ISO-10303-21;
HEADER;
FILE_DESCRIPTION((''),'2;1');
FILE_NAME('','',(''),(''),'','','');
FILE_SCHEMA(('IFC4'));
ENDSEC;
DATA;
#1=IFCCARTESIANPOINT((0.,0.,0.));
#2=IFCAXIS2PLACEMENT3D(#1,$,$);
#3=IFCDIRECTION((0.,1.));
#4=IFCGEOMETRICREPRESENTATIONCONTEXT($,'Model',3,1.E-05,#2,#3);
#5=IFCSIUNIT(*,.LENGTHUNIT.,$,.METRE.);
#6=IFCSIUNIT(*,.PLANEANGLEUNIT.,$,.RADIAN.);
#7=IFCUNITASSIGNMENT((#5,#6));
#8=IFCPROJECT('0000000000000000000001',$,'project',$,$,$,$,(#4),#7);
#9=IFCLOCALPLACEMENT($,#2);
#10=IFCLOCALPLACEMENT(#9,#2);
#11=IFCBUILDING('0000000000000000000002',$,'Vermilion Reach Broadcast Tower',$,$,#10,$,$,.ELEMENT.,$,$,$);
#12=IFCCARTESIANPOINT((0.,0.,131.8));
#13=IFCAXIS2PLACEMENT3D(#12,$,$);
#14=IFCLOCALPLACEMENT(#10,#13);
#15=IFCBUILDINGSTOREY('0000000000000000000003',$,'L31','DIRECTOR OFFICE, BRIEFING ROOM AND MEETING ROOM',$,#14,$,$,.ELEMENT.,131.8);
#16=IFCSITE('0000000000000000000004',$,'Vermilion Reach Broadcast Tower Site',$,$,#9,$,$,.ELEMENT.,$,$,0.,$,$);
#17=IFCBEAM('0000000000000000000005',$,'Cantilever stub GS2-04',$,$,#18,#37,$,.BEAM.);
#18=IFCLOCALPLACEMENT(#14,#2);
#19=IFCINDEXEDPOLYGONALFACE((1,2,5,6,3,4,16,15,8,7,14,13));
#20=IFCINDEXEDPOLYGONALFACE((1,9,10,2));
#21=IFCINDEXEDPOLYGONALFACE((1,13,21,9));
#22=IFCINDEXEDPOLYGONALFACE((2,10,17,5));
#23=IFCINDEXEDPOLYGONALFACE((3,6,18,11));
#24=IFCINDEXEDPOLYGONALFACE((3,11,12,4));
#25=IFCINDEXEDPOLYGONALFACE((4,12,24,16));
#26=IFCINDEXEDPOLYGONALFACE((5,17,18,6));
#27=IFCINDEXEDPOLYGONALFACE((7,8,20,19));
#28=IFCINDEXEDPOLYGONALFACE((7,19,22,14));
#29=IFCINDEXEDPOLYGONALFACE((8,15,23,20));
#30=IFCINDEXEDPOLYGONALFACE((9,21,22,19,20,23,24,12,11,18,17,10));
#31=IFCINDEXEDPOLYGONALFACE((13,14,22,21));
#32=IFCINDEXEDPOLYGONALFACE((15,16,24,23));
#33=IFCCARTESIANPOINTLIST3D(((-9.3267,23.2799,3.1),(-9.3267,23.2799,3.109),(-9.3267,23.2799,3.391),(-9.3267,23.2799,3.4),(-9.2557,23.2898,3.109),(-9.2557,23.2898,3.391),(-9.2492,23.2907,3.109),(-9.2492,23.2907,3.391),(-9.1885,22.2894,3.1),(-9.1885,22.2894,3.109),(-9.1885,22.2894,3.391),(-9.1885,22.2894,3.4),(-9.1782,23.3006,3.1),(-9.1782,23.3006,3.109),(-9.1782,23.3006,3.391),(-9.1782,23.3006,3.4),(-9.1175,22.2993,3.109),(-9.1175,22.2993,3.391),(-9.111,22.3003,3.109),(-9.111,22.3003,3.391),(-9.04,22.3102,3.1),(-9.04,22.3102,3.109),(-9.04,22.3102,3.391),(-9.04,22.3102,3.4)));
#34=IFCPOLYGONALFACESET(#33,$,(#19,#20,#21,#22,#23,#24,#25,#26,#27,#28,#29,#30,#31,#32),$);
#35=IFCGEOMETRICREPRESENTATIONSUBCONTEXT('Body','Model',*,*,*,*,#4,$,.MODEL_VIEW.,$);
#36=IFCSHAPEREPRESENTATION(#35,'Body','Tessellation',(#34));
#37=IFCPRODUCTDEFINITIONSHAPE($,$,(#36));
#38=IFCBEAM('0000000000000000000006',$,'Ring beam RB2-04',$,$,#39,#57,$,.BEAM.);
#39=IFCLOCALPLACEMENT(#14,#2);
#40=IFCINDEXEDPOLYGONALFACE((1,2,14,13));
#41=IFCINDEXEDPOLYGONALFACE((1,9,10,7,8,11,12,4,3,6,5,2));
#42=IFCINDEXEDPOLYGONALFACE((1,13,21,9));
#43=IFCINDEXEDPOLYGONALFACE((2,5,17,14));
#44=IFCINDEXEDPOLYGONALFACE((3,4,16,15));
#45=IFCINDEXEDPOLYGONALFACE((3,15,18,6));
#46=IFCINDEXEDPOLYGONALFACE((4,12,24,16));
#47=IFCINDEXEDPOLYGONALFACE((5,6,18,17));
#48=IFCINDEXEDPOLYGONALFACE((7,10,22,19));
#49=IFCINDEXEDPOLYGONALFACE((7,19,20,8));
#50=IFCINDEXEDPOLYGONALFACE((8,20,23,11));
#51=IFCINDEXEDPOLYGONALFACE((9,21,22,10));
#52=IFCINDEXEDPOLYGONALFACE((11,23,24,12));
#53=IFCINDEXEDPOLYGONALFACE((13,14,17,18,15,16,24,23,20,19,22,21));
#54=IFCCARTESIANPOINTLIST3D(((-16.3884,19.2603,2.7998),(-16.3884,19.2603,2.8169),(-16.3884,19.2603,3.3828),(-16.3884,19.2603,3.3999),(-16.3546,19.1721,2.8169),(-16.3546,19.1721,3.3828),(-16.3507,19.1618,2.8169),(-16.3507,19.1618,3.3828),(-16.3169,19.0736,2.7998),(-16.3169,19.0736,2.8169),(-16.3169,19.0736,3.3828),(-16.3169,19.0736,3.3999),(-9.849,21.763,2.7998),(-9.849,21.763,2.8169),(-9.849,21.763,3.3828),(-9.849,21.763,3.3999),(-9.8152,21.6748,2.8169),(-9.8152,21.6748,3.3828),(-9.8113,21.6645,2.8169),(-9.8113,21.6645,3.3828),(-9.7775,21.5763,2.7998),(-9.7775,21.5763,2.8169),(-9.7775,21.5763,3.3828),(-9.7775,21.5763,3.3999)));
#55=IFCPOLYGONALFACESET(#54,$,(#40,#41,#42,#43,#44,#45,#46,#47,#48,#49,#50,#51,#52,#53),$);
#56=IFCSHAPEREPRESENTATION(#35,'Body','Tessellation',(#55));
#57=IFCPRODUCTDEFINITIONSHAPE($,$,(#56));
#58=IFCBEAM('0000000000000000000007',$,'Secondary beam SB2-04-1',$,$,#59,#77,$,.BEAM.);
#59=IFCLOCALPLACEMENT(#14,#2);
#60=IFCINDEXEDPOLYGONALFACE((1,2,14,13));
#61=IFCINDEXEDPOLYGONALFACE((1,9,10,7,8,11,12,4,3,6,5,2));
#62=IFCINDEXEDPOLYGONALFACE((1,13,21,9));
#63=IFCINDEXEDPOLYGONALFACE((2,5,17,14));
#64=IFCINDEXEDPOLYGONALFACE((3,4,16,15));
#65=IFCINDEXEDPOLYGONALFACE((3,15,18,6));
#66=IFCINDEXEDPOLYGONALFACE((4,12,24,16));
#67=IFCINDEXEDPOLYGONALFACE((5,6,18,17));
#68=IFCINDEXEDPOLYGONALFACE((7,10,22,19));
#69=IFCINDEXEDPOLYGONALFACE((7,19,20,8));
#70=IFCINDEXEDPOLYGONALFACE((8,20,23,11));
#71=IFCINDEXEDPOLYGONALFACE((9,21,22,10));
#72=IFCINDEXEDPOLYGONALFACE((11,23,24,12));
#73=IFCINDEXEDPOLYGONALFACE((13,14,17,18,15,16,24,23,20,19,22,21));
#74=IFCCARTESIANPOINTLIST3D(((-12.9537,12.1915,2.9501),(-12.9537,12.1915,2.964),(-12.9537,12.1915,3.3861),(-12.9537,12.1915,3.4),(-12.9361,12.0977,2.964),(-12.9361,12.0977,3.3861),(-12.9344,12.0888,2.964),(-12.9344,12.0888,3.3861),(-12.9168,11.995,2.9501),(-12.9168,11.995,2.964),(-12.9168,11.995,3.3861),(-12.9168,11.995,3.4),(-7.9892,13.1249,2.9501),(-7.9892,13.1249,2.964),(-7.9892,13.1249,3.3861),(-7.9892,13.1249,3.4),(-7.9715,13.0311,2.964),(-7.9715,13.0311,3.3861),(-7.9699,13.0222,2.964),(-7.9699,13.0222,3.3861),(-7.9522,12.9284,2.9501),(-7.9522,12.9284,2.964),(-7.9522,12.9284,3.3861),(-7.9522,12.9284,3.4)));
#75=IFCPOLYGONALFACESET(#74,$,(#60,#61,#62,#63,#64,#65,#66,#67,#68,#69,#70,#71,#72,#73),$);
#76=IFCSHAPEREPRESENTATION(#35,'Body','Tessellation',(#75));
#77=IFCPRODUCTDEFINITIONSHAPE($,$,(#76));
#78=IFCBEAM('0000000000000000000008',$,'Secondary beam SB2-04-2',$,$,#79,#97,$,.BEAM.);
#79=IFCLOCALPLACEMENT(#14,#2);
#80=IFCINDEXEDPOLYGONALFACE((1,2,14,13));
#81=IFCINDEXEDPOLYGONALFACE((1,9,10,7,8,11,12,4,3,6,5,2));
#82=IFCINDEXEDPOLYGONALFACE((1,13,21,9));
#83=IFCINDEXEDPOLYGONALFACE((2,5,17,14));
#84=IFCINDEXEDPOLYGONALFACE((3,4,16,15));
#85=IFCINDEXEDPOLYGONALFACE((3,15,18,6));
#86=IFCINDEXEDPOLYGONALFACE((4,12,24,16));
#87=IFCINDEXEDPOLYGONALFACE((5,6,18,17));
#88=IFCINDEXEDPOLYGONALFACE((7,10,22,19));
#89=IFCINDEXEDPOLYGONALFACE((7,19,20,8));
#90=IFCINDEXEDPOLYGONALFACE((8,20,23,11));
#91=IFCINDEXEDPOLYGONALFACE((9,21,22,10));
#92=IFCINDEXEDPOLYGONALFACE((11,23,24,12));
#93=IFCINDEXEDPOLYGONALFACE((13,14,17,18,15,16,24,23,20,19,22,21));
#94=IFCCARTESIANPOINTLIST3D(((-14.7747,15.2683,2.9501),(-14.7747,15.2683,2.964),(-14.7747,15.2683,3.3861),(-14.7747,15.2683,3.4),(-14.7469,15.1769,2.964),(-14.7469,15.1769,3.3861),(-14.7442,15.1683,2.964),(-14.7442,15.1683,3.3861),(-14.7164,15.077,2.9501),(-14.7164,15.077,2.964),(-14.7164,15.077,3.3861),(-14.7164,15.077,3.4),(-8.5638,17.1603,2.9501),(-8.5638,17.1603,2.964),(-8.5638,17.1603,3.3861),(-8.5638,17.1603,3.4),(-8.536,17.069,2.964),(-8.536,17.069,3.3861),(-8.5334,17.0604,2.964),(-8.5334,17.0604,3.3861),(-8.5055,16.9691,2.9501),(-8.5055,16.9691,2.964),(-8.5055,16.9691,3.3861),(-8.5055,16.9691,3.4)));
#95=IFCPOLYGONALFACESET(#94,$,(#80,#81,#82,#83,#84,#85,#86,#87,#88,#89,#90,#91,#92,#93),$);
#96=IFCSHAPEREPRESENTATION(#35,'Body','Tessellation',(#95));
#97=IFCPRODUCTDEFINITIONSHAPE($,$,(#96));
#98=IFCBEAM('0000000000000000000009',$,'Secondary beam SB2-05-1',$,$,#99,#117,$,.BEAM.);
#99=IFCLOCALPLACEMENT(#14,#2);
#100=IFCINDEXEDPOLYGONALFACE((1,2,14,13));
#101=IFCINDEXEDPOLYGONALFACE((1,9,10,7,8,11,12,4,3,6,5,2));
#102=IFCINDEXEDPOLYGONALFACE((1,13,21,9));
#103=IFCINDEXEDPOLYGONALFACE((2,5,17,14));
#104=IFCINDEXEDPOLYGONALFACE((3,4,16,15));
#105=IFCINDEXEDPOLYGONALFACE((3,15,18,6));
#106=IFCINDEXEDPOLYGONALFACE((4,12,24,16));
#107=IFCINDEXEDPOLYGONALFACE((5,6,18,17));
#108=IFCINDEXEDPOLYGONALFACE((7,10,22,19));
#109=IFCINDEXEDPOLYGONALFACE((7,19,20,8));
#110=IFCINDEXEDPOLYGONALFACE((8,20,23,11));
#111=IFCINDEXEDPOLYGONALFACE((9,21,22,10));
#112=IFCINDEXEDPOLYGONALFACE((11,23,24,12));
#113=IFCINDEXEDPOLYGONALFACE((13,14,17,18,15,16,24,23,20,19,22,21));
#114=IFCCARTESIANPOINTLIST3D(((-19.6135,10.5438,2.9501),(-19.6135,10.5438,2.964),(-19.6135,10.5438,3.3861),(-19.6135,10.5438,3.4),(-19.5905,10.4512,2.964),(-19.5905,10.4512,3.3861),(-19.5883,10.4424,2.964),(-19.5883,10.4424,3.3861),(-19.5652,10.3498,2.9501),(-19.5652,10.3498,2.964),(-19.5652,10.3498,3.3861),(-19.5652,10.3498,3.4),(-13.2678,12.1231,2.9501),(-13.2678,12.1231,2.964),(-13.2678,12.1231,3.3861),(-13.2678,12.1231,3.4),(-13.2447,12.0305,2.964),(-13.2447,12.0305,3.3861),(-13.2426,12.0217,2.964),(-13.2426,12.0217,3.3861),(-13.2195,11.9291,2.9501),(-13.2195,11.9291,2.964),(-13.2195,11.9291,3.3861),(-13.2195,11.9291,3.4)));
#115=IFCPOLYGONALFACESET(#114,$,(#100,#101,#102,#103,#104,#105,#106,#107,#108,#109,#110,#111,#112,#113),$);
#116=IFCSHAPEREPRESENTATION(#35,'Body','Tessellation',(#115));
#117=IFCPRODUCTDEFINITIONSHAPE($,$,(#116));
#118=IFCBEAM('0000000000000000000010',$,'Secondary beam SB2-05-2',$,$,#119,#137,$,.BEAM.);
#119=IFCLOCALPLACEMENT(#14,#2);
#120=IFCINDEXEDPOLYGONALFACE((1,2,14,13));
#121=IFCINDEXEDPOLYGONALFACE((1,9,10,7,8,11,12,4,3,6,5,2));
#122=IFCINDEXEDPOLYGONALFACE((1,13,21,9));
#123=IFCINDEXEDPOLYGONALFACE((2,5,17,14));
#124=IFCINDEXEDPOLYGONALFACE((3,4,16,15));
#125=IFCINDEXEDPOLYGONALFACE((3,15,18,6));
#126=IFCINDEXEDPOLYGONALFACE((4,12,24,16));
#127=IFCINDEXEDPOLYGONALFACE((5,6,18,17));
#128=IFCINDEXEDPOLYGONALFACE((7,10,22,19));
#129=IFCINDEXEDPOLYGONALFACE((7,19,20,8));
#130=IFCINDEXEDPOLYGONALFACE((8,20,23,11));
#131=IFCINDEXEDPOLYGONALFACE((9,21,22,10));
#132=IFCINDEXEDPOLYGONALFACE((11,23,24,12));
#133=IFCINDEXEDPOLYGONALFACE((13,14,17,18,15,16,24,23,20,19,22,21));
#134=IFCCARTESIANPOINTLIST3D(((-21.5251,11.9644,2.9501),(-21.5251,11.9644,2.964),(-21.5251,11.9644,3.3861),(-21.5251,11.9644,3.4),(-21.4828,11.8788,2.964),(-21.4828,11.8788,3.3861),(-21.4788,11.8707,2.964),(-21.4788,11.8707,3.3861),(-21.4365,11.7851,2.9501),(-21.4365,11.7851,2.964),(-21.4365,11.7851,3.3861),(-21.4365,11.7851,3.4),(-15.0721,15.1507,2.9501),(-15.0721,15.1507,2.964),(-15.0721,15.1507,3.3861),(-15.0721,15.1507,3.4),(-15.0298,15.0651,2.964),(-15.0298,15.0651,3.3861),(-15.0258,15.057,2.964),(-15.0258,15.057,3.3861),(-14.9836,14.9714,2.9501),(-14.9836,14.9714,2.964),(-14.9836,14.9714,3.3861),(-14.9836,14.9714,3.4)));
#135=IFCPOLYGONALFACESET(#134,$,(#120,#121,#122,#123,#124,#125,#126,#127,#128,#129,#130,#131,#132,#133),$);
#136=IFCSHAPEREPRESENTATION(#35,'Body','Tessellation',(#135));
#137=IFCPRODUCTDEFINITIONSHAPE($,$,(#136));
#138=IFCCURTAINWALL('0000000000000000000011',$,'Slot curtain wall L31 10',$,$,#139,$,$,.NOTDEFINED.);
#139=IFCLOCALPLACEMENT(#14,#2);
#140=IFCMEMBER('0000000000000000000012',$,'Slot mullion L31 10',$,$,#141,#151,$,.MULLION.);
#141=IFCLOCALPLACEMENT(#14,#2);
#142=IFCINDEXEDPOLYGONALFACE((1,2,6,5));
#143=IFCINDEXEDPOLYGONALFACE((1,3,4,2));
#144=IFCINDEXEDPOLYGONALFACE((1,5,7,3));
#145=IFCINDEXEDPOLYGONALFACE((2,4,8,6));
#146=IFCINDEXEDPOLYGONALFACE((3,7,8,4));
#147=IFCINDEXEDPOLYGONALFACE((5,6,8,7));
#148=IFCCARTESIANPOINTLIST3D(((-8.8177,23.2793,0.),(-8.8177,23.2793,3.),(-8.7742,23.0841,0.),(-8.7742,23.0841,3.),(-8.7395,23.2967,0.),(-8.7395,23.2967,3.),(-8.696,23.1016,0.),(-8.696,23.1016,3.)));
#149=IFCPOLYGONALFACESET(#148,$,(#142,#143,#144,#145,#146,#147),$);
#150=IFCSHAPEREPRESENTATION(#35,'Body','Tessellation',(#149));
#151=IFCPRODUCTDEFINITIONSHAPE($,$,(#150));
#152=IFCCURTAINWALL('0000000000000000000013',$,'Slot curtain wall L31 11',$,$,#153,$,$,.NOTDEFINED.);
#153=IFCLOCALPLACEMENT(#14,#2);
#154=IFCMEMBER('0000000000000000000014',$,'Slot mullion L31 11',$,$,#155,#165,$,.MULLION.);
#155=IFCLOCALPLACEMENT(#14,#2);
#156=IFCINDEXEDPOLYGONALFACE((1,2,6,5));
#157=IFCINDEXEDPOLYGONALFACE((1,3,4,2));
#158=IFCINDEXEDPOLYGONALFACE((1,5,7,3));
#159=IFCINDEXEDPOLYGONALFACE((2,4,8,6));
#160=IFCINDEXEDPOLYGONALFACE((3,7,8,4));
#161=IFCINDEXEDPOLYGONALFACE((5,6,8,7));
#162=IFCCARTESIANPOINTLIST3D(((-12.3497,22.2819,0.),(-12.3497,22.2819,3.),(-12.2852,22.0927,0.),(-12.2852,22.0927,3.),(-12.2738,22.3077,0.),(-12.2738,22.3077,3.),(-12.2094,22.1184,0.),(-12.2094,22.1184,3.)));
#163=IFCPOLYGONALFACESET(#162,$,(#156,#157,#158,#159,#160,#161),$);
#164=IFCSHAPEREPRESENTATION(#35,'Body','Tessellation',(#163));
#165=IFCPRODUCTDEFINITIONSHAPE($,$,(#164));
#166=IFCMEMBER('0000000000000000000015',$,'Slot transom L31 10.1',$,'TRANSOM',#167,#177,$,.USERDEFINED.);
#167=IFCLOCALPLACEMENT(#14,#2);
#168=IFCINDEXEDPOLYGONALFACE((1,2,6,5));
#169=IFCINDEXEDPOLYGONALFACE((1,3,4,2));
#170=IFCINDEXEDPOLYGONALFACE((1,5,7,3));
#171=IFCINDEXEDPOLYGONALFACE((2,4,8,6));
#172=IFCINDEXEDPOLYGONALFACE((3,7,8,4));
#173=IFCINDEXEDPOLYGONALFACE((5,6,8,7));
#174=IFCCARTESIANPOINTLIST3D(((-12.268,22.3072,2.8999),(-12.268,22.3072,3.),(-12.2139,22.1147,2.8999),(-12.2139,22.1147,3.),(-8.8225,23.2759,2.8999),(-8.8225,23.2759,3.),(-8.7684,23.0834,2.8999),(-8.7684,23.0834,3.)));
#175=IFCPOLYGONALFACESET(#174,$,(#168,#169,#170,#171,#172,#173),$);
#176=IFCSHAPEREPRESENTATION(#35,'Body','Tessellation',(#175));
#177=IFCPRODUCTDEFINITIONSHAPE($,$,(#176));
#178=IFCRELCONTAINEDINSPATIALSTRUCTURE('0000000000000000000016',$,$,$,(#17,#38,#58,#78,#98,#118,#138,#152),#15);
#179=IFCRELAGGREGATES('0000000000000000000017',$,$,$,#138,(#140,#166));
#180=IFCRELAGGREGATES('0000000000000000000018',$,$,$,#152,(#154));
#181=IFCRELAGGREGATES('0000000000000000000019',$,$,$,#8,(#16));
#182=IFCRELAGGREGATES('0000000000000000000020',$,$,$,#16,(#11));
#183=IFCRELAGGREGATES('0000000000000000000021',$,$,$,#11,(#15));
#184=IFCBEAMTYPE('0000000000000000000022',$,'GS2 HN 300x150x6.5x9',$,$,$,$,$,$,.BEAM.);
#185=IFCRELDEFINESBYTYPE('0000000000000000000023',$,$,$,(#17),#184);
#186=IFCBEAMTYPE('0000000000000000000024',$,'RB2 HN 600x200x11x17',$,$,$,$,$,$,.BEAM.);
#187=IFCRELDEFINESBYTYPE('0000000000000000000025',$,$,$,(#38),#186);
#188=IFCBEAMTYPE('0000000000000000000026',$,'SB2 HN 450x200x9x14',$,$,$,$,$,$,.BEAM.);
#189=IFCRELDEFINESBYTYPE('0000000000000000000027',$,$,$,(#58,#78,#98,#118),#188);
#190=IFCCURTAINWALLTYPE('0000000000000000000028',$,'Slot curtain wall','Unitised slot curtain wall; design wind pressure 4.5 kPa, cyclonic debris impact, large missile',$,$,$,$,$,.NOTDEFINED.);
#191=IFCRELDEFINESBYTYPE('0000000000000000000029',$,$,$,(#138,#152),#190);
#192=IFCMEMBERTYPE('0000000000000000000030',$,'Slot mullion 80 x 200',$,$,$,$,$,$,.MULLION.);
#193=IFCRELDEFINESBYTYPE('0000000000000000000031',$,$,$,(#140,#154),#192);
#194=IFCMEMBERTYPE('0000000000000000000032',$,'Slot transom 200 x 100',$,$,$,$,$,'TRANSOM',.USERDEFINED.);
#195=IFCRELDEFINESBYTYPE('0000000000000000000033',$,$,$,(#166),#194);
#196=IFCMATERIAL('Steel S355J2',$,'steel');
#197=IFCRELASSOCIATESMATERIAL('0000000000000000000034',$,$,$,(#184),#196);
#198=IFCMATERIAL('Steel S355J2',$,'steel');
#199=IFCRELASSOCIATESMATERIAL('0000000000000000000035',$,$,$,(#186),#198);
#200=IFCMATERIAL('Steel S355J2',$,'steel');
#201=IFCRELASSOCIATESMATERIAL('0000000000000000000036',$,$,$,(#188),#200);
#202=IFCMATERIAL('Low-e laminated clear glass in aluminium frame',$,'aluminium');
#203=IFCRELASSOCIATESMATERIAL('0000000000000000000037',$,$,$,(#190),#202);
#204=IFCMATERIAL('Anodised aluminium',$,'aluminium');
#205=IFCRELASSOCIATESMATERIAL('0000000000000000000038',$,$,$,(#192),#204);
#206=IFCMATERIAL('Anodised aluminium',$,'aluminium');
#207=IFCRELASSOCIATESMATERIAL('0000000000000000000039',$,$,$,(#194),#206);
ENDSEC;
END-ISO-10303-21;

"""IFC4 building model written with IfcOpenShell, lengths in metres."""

from ifc_helpers import new_model, si_unit, direction, frame, origin, origin_2d, place, context, subcontext, project, spatial, rectangle, i_section, extrude, material, material_profile, profile_set, type_object, element, aggregate, save


model = new_model("IFC4")

# Units and contexts
model_context = context("Model", 3, precision=1e-05, world=origin(), true_north=direction((0.0, 1.0)))
body_context = subcontext(model_context, "Body", "Model", "MODEL_VIEW")
ifc_project = project(units=[si_unit("LENGTHUNIT", "METRE"), si_unit("PLANEANGLEUNIT", "RADIAN")], contexts=[model_context])

# Site, building, storey
site_placement = place(None, origin())
site = spatial("IfcSite", under=ifc_project, at=site_placement, Name="Vermilion Reach Broadcast Tower Site", CompositionType="ELEMENT", RefElevation=0.0)
building_placement = place(site_placement, origin())
building = spatial("IfcBuilding", under=site, at=building_placement, Name="Vermilion Reach Broadcast Tower", CompositionType="ELEMENT")
storey_placement = place(building_placement, frame((0.0, 0.0, 131.8)))
storey = spatial("IfcBuildingStorey", under=building, at=storey_placement, Name="L31", Description="DIRECTOR OFFICE, BRIEFING ROOM AND MEETING ROOM", CompositionType="ELEMENT", Elevation=131.8)

# Beams
ifc_material_1 = material(Name="Steel S355J2", Category="steel")
ifc_material_profile_1 = material_profile(ifc_material_1, i_section(OverallWidth=0.1499, OverallDepth=0.3, WebThickness=0.0066, FlangeThickness=0.009, at=origin_2d()), Name="S355J2 HN 300x150x6.5x9")
ifc_profile_set_1 = profile_set([ifc_material_profile_1], Name="Steel S355J2")
beam_type_1 = type_object("IfcBeamType", Name="GS2 HN 300x150x6.5x9", PredefinedType="BEAM", material=ifc_profile_set_1)
beam_1_placement = place(storey_placement, frame((-9.1143, 22.2998, 3.25), z_axis=(-0.138174, 0.990408, 0.0), x_axis=(-0.990408, -0.138174, 0.0)))
element("IfcBeam", 1, at=beam_1_placement, inside=storey, type_object=beam_type_1, Name="Cantilever stub GS2-04", PredefinedType="BEAM", context=body_context, shape_type="SweptSolid", body=[
    extrude(i_section(OverallWidth=0.1499, OverallDepth=0.3, WebThickness=0.0066, FlangeThickness=0.009, at=origin_2d()), origin(), (0.0, 0.0, 1.0), 1.0),
])
ifc_material_2 = material(Name="Steel S355J2", Category="steel")
ifc_material_profile_2 = material_profile(ifc_material_2, i_section(OverallWidth=0.2, OverallDepth=0.6001, WebThickness=0.011, FlangeThickness=0.0171, at=origin_2d()), Name="S355J2 HN 600x200x11x17")
ifc_profile_set_2 = profile_set([ifc_material_profile_2], Name="Steel S355J2")
beam_type_2 = type_object("IfcBeamType", Name="RB2 HN 600x200x11x17", PredefinedType="BEAM", material=ifc_profile_set_2)
beam_2_placement = place(storey_placement, frame((-9.8132, 21.6697, 3.0999), z_axis=(-0.933939, -0.357432, 0.0), x_axis=(0.357432, -0.933939, 0.0)))
element("IfcBeam", 2, at=beam_2_placement, inside=storey, type_object=beam_type_2, Name="Ring beam RB2-04", PredefinedType="BEAM", context=body_context, shape_type="SweptSolid", body=[
    extrude(i_section(OverallWidth=0.2, OverallDepth=0.6001, WebThickness=0.011, FlangeThickness=0.0171, at=origin_2d()), origin(), (0.0, 0.0, 1.0), 7.002),
])
ifc_material_3 = material(Name="Steel S355J2", Category="steel")
ifc_material_profile_3 = material_profile(ifc_material_3, i_section(OverallWidth=0.2, OverallDepth=0.45, WebThickness=0.009, FlangeThickness=0.0139, at=origin_2d()), Name="S355J2 HN 450x200x9x14")
ifc_profile_set_3 = profile_set([ifc_material_profile_3], Name="Steel S355J2")
beam_type_3 = type_object("IfcBeamType", Name="SB2 HN 450x200x9x14", PredefinedType="BEAM", material=ifc_profile_set_3)
beam_3_placement = place(storey_placement, frame((-7.9707, 13.0266, 3.175), z_axis=(-0.982783, -0.184764, 0.0), x_axis=(0.184764, -0.982783, 0.0)))
element("IfcBeam", 3, at=beam_3_placement, inside=storey, type_object=beam_type_3, Name="Secondary beam SB2-04-1", PredefinedType="BEAM", context=body_context, shape_type="SweptSolid", body=[
    extrude(i_section(OverallWidth=0.2, OverallDepth=0.45, WebThickness=0.009, FlangeThickness=0.0139, at=origin_2d()), origin(), (0.0, 0.0, 1.0), 5.0515),
])
beam_4_placement = place(storey_placement, frame((-8.5347, 17.0647, 3.175), z_axis=(-0.956596, -0.291416, 0.0), x_axis=(0.291416, -0.956596, 0.0)))
element("IfcBeam", 4, at=beam_4_placement, inside=storey, type_object=beam_type_3, Name="Secondary beam SB2-04-2", PredefinedType="BEAM", context=body_context, shape_type="SweptSolid", body=[
    extrude(i_section(OverallWidth=0.2, OverallDepth=0.45, WebThickness=0.009, FlangeThickness=0.0139, at=origin_2d()), origin(), (0.0, 0.0, 1.0), 6.4927),
])
beam_5_placement = place(storey_placement, frame((-13.2437, 12.0261, 3.175), z_axis=(-0.970397, -0.241516, 0.0), x_axis=(0.241516, -0.970397, 0.0)))
element("IfcBeam", 5, at=beam_5_placement, inside=storey, type_object=beam_type_3, Name="Secondary beam SB2-05-1", PredefinedType="BEAM", context=body_context, shape_type="SweptSolid", body=[
    extrude(i_section(OverallWidth=0.2, OverallDepth=0.45, WebThickness=0.009, FlangeThickness=0.0139, at=origin_2d()), origin(), (0.0, 0.0, 1.0), 6.5393),
])
beam_6_placement = place(storey_placement, frame((-15.0278, 15.061, 3.175), z_axis=(-0.896648, -0.442744, 0.0), x_axis=(0.442744, -0.896648, 0.0)))
element("IfcBeam", 6, at=beam_6_placement, inside=storey, type_object=beam_type_3, Name="Secondary beam SB2-05-2", PredefinedType="BEAM", context=body_context, shape_type="SweptSolid", body=[
    extrude(i_section(OverallWidth=0.2, OverallDepth=0.45, WebThickness=0.009, FlangeThickness=0.0139, at=origin_2d()), origin(), (0.0, 0.0, 1.0), 7.1968),
])

# Curtain walls, members
ifc_material_4 = material(Name="Low-e laminated clear glass in aluminium frame", Category="aluminium")
curtain_wall_type = type_object("IfcCurtainWallType", Name="Slot curtain wall", Description="Unitised slot curtain wall; design wind pressure 4.5 kPa, cyclonic debris impact, large missile", PredefinedType="NOTDEFINED", material=ifc_material_4)
placement = place(storey_placement, origin())
curtain_wall_1 = element("IfcCurtainWall", 7, at=placement, inside=storey, type_object=curtain_wall_type, Name="Slot curtain wall L31 10", PredefinedType="NOTDEFINED")
ifc_material_5 = material(Name="Anodised aluminium", Category="aluminium")
ifc_material_profile_4 = material_profile(ifc_material_5, rectangle(XDim=0.2, YDim=0.0801, at=origin_2d()), Name="Slot mullion 80 x 200")
ifc_profile_set_4 = profile_set([ifc_material_profile_4], Name="Anodised aluminium")
member_type_1 = type_object("IfcMemberType", Name="Slot mullion 80 x 200", PredefinedType="MULLION", material=ifc_profile_set_4)
member_1_placement = place(storey_placement, frame((-8.7568, 23.1904, 0.0), z_axis=(0.0, 0.0, 1.0), x_axis=(0.217445, -0.976073, 0.0)))
member_1 = element("IfcMember", 8, at=member_1_placement, type_object=member_type_1, Name="Slot mullion L31 10", PredefinedType="MULLION", context=body_context, shape_type="SweptSolid", body=[
    extrude(rectangle(XDim=0.2, YDim=0.0801, at=origin_2d()), origin(), (0.0, 0.0, 1.0), 3.0),
])
curtain_wall_2 = element("IfcCurtainWall", 9, at=placement, inside=storey, type_object=curtain_wall_type, Name="Slot curtain wall L31 11", PredefinedType="NOTDEFINED")
member_2_placement = place(storey_placement, frame((-12.2795, 22.2002, 0.0), z_axis=(0.0, 0.0, 1.0), x_axis=(0.322168, -0.946683, 0.0)))
member_2 = element("IfcMember", 10, at=member_2_placement, type_object=member_type_1, Name="Slot mullion L31 11", PredefinedType="MULLION", context=body_context, shape_type="SweptSolid", body=[
    extrude(rectangle(XDim=0.2, YDim=0.0801, at=origin_2d()), origin(), (0.0, 0.0, 1.0), 3.0),
])

# Member
ifc_material_6 = material(Name="Anodised aluminium", Category="aluminium")
ifc_material_profile_5 = material_profile(ifc_material_6, rectangle(XDim=0.2, YDim=0.1001, at=origin_2d()), Name="Slot transom 200 x 100")
ifc_profile_set_5 = profile_set([ifc_material_profile_5], Name="Anodised aluminium")
member_type_2 = type_object("IfcMemberType", Name="Slot transom 200 x 100", ElementType="TRANSOM", PredefinedType="USERDEFINED", material=ifc_profile_set_5)
member_3_placement = place(storey_placement, frame((-8.7954, 23.1797, 2.95), z_axis=(-0.962674, -0.270665, 0.0), x_axis=(0.270665, -0.962674, 0.0)))
member_3 = element("IfcMember", 11, at=member_3_placement, type_object=member_type_2, Name="Slot transom L31 10.1", ObjectType="TRANSOM", PredefinedType="USERDEFINED", context=body_context, shape_type="SweptSolid", body=[
    extrude(rectangle(XDim=0.2, YDim=0.1001, at=origin_2d()), origin(), (0.0, 0.0, 1.0), 3.5791),
])

aggregate(curtain_wall_1, [member_1, member_3])
aggregate(curtain_wall_2, [member_2])

save(model, "model.ifc")
